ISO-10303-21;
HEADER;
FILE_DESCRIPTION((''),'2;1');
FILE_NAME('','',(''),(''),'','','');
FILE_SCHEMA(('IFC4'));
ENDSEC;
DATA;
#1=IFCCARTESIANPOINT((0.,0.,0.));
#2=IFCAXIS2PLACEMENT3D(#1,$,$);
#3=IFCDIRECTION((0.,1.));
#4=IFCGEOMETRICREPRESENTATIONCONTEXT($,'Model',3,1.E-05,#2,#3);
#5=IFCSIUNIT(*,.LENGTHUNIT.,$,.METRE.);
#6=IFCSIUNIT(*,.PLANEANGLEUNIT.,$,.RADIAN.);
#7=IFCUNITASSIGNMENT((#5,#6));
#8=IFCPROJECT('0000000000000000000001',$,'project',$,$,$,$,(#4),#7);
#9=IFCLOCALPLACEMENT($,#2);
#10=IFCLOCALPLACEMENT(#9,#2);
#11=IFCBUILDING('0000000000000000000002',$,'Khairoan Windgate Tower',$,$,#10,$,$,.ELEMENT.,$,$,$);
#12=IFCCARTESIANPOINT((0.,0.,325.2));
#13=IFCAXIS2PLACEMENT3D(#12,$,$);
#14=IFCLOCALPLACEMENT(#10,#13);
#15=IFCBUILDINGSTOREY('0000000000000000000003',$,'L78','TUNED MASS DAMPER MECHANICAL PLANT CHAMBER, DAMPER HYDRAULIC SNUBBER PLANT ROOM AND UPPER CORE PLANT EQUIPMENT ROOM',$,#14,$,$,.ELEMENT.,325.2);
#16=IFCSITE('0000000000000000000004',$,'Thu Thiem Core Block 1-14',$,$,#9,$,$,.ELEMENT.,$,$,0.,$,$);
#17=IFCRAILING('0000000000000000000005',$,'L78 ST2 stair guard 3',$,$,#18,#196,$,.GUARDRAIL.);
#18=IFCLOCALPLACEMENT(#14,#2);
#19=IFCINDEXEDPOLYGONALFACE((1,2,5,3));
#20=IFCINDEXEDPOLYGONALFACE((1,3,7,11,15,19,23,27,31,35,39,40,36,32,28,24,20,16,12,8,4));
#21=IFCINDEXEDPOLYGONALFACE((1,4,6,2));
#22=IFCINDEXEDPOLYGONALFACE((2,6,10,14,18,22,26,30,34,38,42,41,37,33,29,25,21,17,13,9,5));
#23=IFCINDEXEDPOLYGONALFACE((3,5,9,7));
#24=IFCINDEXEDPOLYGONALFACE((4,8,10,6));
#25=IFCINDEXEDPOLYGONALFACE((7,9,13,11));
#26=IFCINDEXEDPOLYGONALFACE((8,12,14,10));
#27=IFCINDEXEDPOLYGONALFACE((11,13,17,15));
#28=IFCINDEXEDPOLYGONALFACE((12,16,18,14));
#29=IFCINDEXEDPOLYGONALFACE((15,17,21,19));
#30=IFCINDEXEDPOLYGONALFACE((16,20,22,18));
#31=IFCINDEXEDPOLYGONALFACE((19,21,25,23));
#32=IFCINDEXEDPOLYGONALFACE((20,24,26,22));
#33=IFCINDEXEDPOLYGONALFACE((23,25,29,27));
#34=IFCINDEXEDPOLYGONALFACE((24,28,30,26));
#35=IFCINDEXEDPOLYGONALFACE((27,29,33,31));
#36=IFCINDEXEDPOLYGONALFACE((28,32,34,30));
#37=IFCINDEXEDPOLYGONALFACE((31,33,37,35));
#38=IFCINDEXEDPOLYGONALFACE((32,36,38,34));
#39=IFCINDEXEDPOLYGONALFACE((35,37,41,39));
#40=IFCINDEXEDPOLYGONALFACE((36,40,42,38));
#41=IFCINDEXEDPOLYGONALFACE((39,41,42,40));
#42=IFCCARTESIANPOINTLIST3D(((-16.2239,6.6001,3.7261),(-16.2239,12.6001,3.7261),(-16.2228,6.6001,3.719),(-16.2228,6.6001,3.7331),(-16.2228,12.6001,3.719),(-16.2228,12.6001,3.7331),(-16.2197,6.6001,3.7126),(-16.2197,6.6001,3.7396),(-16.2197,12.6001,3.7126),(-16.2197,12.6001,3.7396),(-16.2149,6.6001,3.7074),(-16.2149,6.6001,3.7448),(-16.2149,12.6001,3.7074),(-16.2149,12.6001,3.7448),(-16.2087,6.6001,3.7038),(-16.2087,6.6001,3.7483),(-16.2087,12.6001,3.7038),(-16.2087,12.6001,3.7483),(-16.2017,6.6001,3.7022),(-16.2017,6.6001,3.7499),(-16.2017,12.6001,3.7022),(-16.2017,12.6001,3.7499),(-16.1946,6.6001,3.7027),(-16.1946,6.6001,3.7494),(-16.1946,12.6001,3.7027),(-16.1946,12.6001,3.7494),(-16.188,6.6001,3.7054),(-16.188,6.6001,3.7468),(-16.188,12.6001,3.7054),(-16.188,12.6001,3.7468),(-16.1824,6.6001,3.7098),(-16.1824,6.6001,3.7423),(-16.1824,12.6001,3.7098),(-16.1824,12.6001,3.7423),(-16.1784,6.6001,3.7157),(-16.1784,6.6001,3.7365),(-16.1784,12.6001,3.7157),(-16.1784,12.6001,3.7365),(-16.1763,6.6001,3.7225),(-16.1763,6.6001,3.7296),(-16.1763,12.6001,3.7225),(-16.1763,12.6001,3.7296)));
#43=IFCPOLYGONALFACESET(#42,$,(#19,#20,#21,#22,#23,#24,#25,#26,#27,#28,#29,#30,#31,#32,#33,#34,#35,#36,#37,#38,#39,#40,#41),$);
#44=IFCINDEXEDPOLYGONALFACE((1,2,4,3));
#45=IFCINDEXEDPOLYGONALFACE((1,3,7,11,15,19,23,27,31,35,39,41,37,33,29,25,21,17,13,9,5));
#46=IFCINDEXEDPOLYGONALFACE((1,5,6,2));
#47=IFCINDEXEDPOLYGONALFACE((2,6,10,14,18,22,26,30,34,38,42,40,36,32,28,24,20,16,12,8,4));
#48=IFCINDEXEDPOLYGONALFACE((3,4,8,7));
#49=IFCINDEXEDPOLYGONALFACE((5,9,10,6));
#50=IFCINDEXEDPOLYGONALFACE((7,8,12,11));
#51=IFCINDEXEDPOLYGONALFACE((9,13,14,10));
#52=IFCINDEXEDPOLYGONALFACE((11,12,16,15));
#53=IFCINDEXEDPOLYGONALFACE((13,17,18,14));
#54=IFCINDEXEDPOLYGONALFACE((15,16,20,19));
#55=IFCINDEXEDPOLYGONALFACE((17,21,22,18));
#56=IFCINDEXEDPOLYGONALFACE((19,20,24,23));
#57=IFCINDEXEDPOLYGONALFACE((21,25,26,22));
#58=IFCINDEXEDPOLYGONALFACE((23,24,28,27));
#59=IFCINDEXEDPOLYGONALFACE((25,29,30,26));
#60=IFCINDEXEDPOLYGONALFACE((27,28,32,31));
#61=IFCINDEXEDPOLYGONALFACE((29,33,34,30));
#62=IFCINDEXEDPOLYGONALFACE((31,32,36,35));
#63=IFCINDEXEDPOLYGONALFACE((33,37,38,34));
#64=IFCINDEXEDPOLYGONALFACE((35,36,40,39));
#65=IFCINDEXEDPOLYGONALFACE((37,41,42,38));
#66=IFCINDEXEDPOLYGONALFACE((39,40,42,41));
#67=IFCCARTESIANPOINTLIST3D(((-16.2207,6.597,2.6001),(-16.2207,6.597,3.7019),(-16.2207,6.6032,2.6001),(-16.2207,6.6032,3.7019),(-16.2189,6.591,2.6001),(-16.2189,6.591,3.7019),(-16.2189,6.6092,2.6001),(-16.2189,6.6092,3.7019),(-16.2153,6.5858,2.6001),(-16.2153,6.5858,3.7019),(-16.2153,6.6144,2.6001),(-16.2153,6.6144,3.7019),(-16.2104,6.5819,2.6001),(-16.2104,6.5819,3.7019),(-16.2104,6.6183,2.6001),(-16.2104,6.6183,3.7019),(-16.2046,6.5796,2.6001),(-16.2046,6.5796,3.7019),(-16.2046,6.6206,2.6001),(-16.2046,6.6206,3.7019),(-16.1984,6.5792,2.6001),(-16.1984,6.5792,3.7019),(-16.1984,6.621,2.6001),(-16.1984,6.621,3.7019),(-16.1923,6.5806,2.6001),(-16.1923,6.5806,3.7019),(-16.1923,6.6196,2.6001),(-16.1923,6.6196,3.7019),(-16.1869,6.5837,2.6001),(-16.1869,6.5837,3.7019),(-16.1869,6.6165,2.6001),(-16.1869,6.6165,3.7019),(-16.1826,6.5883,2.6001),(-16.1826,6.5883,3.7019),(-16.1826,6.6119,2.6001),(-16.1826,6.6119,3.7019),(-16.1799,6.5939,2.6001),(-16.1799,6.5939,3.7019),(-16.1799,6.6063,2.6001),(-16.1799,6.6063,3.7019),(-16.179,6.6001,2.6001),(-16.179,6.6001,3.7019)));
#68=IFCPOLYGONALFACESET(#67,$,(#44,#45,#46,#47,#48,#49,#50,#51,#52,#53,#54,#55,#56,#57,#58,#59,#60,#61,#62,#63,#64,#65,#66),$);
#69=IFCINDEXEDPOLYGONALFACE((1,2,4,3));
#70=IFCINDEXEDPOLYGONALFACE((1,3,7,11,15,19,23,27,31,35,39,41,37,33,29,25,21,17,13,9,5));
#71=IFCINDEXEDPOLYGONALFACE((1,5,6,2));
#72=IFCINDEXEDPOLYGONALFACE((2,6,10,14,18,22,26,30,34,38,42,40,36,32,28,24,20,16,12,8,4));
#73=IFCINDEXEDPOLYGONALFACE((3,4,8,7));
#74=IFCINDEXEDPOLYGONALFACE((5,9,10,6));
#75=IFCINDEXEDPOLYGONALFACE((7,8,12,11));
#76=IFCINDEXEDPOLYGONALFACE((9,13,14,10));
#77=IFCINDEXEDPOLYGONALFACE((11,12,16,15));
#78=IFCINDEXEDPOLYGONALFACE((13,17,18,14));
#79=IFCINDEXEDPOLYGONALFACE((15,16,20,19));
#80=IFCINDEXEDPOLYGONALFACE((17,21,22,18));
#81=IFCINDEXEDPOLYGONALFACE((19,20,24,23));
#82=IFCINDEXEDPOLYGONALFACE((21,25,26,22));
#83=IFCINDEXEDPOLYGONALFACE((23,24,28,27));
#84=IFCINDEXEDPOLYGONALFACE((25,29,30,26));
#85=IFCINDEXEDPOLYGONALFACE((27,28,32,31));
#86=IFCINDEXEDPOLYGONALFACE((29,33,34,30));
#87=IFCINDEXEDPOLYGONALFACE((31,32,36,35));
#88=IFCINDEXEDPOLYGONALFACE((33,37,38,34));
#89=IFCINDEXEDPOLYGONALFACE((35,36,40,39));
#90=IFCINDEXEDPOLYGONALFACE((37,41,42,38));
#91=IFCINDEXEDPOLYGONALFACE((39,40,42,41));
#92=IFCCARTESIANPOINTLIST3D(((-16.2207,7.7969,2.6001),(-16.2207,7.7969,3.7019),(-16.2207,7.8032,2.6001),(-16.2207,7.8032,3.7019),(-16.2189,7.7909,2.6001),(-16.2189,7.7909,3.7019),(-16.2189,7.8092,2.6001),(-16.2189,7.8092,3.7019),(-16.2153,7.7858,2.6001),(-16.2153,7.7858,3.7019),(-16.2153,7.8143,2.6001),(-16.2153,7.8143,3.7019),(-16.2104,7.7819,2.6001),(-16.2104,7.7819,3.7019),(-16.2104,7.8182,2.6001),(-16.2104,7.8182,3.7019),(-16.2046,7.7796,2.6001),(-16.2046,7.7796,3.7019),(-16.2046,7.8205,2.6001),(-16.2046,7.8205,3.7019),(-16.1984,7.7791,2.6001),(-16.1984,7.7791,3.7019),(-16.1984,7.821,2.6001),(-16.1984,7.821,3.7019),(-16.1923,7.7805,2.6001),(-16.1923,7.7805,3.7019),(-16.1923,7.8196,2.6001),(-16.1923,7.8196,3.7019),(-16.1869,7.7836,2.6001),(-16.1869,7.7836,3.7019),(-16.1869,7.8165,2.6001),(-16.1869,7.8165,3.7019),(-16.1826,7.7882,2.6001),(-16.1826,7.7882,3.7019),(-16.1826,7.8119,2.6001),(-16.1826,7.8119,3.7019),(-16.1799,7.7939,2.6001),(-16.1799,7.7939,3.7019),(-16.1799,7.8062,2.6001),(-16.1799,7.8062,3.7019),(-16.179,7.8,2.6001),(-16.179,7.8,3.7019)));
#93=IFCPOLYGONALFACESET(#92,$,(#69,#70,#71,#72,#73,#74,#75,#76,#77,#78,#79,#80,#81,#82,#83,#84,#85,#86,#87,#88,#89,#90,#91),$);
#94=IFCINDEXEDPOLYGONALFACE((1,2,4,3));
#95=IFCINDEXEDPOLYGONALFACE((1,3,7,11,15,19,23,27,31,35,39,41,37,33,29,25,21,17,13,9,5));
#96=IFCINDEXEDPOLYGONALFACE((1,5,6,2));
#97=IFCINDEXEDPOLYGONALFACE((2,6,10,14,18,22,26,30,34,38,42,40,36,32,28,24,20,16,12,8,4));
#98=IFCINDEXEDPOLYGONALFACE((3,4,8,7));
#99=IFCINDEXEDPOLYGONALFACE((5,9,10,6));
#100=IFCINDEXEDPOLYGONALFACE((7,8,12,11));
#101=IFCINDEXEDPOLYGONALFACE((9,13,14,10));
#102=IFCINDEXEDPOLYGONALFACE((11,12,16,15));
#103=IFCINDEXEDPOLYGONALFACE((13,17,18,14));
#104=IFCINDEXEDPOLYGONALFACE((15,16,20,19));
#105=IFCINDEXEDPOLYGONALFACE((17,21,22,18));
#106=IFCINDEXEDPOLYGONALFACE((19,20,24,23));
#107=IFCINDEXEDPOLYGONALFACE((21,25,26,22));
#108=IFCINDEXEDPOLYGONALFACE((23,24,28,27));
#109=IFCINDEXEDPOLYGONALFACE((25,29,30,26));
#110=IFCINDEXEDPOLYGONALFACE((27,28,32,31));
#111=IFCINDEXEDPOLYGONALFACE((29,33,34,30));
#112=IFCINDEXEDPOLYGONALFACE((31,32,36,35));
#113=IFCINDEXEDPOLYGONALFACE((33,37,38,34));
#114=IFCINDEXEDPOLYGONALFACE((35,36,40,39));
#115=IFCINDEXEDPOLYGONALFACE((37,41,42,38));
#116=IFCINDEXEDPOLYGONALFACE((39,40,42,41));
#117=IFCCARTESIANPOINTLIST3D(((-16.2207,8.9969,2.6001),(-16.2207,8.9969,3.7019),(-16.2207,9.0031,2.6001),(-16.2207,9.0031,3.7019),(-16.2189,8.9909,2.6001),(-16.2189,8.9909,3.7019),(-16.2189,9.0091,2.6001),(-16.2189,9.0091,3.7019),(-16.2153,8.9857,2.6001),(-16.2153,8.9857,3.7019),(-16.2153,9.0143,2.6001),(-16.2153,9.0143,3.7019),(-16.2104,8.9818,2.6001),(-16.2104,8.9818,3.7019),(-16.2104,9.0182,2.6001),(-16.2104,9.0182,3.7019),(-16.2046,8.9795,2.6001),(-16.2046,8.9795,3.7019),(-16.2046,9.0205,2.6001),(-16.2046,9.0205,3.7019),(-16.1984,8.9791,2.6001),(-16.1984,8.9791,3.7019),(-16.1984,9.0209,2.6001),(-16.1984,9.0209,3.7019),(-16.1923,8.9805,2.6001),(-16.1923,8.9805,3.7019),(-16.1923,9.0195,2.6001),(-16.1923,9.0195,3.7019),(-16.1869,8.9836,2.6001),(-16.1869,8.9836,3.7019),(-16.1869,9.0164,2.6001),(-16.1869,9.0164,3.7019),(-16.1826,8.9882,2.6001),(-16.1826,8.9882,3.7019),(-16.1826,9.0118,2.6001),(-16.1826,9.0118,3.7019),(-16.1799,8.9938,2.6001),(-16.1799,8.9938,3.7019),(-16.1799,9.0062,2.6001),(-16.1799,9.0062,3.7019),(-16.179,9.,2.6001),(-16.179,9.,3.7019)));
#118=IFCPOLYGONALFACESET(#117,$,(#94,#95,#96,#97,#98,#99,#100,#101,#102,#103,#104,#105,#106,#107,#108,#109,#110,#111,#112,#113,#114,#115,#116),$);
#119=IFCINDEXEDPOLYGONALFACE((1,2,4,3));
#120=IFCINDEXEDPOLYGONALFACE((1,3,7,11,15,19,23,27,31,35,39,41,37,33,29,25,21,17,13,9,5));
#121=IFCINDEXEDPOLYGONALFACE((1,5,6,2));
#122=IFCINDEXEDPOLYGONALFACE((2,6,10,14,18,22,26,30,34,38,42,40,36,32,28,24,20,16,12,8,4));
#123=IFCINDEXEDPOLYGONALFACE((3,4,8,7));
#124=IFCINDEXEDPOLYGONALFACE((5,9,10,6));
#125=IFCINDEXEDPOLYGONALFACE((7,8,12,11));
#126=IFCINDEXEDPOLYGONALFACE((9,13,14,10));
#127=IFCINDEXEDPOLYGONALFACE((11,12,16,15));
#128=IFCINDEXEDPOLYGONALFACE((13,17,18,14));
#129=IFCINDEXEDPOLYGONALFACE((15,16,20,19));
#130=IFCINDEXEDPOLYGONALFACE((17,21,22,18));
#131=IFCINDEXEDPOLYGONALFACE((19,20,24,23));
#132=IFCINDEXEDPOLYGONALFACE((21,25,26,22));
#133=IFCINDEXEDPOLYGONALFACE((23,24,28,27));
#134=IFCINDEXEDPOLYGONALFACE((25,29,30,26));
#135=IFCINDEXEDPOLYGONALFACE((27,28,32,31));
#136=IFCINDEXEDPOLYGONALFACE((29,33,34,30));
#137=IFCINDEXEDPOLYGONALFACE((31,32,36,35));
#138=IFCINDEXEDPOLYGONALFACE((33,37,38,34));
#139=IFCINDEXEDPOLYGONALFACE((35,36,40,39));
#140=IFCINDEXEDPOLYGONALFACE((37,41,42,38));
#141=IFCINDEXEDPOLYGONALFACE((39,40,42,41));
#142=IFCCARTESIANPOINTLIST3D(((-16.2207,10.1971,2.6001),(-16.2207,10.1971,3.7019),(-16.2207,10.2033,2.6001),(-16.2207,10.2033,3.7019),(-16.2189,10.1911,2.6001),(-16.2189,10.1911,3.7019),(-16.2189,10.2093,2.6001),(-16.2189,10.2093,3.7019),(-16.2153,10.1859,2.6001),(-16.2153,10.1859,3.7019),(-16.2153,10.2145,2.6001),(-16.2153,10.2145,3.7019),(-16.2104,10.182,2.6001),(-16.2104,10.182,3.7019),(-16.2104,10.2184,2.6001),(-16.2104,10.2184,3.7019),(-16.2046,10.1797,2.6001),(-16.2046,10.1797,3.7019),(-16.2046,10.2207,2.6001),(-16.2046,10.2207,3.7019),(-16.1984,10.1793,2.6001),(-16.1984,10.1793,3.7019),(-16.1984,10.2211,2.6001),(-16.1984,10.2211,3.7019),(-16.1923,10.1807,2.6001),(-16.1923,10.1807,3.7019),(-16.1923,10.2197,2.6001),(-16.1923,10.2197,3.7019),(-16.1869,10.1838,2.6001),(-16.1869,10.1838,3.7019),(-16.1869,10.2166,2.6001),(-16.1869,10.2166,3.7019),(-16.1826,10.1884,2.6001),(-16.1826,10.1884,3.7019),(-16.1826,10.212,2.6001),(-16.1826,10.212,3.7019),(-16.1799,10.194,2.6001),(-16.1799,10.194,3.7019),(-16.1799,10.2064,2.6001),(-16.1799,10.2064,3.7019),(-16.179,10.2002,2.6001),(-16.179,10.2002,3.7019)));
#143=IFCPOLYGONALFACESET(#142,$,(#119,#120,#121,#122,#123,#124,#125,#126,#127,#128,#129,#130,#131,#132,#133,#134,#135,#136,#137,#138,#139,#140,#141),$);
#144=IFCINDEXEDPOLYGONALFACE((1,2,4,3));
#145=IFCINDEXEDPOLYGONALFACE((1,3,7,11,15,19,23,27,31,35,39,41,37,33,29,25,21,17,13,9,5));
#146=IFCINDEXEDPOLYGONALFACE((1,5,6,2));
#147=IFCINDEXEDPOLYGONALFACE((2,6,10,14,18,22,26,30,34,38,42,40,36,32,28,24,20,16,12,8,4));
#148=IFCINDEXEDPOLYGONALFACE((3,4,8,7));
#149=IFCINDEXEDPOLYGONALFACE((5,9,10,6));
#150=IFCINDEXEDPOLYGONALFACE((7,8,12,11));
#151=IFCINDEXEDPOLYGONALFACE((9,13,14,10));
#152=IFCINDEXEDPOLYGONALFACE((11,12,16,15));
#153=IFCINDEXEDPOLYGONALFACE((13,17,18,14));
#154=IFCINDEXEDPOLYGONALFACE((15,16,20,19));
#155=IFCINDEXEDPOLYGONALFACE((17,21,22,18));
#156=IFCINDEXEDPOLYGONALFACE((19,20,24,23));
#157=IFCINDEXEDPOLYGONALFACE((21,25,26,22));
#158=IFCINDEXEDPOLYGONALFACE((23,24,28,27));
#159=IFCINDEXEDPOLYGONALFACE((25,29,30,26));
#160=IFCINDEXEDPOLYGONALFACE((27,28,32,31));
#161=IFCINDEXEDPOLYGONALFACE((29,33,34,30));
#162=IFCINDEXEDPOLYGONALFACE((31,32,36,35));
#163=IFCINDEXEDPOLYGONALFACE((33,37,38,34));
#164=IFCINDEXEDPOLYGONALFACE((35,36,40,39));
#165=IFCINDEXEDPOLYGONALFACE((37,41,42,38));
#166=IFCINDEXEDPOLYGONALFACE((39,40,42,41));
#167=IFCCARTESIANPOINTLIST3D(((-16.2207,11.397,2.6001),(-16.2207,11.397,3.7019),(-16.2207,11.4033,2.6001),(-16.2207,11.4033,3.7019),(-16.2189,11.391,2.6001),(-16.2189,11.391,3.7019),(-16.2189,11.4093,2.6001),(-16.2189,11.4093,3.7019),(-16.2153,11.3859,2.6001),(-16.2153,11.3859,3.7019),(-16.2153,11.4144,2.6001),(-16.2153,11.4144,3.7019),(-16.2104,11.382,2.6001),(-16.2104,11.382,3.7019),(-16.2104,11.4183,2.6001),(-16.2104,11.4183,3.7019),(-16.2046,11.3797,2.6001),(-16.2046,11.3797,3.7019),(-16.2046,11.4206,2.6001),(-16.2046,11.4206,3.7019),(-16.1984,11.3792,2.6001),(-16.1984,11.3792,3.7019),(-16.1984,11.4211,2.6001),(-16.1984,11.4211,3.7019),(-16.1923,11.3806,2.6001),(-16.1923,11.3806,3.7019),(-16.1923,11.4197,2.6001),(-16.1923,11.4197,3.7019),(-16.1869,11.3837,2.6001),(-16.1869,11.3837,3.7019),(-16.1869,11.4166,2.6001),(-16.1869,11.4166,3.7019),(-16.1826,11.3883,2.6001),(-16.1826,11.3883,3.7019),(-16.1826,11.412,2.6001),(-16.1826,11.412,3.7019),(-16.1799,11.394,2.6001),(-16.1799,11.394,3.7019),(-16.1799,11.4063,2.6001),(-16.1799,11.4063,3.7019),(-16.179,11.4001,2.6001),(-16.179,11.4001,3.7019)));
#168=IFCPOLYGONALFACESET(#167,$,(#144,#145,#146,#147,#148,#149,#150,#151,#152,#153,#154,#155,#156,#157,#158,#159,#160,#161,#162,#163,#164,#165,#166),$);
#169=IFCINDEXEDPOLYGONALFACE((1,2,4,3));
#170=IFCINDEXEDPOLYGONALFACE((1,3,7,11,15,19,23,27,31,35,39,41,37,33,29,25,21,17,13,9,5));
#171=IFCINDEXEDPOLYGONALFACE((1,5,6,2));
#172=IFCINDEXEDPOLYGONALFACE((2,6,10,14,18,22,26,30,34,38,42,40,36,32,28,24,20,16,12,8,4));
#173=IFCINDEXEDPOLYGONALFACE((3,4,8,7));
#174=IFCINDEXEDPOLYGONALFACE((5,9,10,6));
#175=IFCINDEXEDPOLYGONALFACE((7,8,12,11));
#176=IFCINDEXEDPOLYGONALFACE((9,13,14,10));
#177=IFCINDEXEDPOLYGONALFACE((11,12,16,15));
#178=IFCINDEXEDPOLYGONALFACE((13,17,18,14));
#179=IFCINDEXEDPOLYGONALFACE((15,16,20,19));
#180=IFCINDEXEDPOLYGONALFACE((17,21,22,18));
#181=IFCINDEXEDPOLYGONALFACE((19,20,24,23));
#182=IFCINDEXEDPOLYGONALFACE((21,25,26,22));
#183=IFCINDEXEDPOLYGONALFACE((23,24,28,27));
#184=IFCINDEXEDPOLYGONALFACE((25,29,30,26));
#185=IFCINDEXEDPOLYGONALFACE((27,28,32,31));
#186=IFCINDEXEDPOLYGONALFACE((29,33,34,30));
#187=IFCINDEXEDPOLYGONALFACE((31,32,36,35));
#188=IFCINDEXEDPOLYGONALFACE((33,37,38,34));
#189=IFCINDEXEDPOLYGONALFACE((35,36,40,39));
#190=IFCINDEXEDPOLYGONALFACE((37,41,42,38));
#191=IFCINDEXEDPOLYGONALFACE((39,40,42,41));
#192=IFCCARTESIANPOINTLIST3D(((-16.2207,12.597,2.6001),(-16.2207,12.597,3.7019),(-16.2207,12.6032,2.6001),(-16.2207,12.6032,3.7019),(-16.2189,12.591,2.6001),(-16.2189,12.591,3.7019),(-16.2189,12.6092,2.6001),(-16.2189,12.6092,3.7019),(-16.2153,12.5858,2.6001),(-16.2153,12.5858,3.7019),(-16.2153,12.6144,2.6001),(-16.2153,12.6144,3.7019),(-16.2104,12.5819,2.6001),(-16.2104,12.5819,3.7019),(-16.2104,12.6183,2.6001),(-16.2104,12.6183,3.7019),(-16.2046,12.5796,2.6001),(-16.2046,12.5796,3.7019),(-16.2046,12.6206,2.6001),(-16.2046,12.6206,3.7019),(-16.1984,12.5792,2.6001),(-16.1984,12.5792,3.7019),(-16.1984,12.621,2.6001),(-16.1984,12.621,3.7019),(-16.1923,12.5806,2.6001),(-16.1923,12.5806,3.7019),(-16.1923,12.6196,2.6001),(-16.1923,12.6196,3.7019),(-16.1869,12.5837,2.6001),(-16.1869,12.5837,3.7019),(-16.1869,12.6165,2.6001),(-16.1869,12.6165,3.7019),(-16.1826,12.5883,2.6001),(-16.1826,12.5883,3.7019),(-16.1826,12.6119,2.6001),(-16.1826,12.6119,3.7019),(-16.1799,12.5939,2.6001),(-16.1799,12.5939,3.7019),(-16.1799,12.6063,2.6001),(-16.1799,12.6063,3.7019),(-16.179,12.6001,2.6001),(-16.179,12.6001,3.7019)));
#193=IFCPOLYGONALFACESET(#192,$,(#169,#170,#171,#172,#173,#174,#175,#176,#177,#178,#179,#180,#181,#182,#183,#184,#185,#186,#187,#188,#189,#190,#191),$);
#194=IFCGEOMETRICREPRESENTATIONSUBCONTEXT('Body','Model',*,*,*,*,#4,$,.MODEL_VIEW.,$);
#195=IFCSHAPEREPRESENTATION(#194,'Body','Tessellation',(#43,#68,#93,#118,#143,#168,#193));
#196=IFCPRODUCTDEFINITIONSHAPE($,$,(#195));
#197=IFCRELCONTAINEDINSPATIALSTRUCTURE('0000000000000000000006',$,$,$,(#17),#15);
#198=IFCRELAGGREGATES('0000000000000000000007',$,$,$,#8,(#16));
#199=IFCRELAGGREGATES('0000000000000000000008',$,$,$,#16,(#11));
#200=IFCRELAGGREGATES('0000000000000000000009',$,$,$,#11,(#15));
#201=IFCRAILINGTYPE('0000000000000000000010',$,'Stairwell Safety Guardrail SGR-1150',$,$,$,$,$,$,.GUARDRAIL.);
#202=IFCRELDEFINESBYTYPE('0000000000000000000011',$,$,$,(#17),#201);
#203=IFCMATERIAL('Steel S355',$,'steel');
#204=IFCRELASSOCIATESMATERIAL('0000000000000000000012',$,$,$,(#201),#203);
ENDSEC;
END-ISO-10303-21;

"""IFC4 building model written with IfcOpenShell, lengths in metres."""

from ifc_helpers import new_model, si_unit, direction, frame, origin, origin_2d, place, context, subcontext, project, spatial, circle, extrude, material, type_object, element, save


model = new_model("IFC4")

# Units and contexts
model_context = context("Model", 3, precision=1e-05, world=origin(), true_north=direction((0.0, 1.0)))
body_context = subcontext(model_context, "Body", "Model", "MODEL_VIEW")
ifc_project = project(units=[si_unit("LENGTHUNIT", "METRE"), si_unit("PLANEANGLEUNIT", "RADIAN")], contexts=[model_context])

# Site, building, storey
site_placement = place(None, origin())
site = spatial("IfcSite", under=ifc_project, at=site_placement, Name="Thu Thiem Core Block 1-14", CompositionType="ELEMENT", RefElevation=0.0)
building_placement = place(site_placement, origin())
building = spatial("IfcBuilding", under=site, at=building_placement, Name="Khairoan Windgate Tower", CompositionType="ELEMENT")
storey_placement = place(building_placement, frame((0.0, 0.0, 325.2)))
storey = spatial("IfcBuildingStorey", under=building, at=storey_placement, Name="L78", Description="TUNED MASS DAMPER MECHANICAL PLANT CHAMBER, DAMPER HYDRAULIC SNUBBER PLANT ROOM AND UPPER CORE PLANT EQUIPMENT ROOM", CompositionType="ELEMENT", Elevation=325.2)

# Railing
ifc_material_1 = material(Name="Steel S355", Category="steel")
railing_type_1 = type_object("IfcRailingType", Name="Stairwell Safety Guardrail SGR-1150", PredefinedType="GUARDRAIL", material=ifc_material_1)
for number, where, name in (
    (1, (-16.2, 6.6001, 2.6001), "L78 ST2 stair guard 3"),
):
    element("IfcRailing", number, at=place(storey_placement, frame(where)), inside=storey, type_object=railing_type_1, Name=name, PredefinedType="GUARDRAIL", context=body_context, shape_type="SweptSolid", body=[
        extrude(circle(Radius=0.0239, at=origin_2d()), frame((0.0, 0.0, 1.126), z_axis=(0.0, 1.0, 0.0), x_axis=(-1.0, 0.0, 0.0)), (0.0, 0.0, 1.0), 6.0),
        extrude(circle(Radius=0.021, at=origin_2d()), origin(), (0.0, 0.0, 1.0), 1.1018),
        extrude(circle(Radius=0.021, at=origin_2d()), frame((0.0, 1.2, 0.0)), (0.0, 0.0, 1.0), 1.1018),
        extrude(circle(Radius=0.021, at=origin_2d()), frame((0.0, 2.3999, 0.0)), (0.0, 0.0, 1.0), 1.1018),
        extrude(circle(Radius=0.021, at=origin_2d()), frame((0.0, 3.6001, 0.0)), (0.0, 0.0, 1.0), 1.1018),
        extrude(circle(Radius=0.021, at=origin_2d()), frame((0.0, 4.8, 0.0)), (0.0, 0.0, 1.0), 1.1018),
        extrude(circle(Radius=0.021, at=origin_2d()), frame((0.0, 6.0, 0.0)), (0.0, 0.0, 1.0), 1.1018),
    ])

save(model, "model.ifc")
